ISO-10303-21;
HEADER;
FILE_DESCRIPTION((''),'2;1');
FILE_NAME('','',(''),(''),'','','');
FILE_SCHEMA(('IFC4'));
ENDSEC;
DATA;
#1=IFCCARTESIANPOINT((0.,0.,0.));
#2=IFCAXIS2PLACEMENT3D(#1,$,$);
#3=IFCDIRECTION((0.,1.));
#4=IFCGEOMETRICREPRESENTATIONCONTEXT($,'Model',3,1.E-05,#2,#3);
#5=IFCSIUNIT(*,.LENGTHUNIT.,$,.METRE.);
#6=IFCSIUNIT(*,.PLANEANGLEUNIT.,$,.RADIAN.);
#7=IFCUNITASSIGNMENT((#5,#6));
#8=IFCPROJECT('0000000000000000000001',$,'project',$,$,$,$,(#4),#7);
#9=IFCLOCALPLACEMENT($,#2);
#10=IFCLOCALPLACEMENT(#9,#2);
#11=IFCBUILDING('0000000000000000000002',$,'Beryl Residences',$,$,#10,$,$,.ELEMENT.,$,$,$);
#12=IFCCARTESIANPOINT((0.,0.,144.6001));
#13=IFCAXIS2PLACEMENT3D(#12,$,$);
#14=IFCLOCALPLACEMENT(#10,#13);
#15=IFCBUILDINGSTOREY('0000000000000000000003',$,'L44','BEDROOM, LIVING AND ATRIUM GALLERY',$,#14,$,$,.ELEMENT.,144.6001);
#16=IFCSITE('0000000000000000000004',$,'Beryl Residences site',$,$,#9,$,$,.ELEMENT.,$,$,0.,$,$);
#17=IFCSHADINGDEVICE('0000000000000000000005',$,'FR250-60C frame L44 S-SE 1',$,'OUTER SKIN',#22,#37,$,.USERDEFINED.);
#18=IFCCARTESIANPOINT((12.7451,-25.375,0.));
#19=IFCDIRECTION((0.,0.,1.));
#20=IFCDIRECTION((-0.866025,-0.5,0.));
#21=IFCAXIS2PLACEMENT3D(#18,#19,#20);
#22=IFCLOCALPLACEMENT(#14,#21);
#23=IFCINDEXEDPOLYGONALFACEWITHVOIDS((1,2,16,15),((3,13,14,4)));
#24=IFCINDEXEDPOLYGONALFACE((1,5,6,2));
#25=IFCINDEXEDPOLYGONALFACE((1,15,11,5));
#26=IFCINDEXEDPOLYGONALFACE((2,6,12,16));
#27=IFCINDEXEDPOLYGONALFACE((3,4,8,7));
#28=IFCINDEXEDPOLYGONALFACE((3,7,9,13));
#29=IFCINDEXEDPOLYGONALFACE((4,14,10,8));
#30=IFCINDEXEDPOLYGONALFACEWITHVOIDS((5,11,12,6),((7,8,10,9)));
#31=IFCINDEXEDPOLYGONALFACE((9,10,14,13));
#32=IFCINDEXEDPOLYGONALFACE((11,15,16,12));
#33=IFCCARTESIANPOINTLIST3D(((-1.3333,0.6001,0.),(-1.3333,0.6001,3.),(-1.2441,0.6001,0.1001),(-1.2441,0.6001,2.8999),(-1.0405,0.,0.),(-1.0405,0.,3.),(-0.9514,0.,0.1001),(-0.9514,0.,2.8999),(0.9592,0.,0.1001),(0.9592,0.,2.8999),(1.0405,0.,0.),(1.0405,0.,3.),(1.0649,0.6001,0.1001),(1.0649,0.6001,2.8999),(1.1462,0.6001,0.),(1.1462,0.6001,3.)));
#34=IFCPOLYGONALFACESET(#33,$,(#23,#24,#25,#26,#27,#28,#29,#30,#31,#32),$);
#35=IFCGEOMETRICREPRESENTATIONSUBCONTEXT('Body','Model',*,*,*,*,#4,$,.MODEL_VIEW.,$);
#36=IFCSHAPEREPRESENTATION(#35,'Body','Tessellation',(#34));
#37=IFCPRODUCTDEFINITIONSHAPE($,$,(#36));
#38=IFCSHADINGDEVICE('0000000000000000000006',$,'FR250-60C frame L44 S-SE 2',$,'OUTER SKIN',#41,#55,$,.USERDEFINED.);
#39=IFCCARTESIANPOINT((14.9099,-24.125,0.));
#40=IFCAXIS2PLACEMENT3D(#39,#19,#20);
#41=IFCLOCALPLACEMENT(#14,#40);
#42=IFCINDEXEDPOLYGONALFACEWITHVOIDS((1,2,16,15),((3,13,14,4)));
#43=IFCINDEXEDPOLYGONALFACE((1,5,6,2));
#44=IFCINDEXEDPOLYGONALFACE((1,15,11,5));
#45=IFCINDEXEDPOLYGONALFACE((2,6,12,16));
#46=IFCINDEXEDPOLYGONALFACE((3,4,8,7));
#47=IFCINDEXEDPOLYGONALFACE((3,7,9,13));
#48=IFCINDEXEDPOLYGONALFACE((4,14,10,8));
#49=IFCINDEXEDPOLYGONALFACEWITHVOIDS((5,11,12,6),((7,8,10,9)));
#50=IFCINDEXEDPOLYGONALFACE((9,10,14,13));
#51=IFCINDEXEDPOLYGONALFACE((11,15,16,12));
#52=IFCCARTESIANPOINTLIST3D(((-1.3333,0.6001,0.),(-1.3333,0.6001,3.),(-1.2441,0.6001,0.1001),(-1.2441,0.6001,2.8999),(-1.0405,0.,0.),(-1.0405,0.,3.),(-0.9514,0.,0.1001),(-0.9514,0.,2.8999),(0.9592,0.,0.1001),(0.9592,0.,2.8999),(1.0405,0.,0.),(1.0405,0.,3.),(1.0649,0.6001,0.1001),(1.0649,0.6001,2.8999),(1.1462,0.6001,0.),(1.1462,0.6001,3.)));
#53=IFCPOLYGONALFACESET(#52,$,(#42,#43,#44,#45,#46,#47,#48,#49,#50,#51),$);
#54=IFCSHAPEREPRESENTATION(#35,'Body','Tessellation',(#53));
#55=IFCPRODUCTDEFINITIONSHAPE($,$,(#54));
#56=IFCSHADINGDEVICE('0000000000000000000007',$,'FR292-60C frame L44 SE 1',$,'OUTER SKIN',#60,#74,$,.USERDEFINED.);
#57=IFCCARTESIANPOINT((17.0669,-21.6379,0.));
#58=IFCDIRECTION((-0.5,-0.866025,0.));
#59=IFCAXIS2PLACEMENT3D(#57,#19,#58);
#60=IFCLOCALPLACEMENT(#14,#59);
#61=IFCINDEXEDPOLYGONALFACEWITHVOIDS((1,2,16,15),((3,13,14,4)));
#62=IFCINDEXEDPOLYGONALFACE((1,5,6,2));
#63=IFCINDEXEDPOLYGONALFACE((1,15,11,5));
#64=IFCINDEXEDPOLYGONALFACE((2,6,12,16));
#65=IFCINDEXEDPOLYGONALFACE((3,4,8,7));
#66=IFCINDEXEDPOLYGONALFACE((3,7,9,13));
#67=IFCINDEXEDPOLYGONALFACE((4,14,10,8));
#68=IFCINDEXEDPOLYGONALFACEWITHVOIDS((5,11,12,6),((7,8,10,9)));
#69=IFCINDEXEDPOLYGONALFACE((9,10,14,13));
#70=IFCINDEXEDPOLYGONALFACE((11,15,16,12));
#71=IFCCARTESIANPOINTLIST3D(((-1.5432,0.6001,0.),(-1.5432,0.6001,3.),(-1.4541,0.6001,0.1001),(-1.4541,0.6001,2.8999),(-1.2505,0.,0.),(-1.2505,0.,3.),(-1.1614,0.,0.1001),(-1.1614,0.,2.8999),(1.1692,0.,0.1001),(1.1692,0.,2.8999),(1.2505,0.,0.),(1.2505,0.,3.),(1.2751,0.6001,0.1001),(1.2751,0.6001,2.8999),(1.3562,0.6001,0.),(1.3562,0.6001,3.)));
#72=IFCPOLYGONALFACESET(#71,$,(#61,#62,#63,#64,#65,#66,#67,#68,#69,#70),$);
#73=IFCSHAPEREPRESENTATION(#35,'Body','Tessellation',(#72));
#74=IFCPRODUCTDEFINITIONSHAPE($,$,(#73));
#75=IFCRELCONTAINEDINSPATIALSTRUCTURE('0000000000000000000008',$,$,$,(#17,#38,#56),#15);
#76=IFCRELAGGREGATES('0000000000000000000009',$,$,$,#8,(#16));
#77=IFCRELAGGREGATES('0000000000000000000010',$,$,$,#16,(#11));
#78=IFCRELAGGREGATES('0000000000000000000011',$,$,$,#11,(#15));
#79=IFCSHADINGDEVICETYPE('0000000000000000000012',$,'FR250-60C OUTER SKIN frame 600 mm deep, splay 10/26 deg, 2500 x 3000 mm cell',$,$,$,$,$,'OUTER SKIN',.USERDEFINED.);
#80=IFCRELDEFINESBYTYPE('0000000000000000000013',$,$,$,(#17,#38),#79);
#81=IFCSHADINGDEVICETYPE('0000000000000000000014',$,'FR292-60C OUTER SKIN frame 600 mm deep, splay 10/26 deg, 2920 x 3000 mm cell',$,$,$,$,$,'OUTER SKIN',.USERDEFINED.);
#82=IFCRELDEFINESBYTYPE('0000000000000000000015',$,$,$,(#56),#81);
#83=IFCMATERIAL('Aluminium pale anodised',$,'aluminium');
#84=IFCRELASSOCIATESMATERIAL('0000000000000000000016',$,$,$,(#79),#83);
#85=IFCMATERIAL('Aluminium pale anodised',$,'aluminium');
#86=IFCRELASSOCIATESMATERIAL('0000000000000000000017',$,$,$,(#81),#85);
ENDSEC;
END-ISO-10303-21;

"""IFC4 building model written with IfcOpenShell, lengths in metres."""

from ifc_helpers import new_model, entity, si_unit, direction, frame, origin, place, context, subcontext, project, spatial, source, transform, mapped, material, type_object, type_shapes, element, save


model = new_model("IFC4")

# Units and contexts
model_context = context("Model", 3, precision=1e-05, world=origin(), true_north=direction((0.0, 1.0)))
body_context = subcontext(model_context, "Body", "Model", "MODEL_VIEW")
ifc_project = project(units=[si_unit("LENGTHUNIT", "METRE"), si_unit("PLANEANGLEUNIT", "RADIAN")], contexts=[model_context])

# Site, building, storey
site_placement = place(None, origin())
site = spatial("IfcSite", under=ifc_project, at=site_placement, Name="Beryl Residences site", CompositionType="ELEMENT", RefElevation=0.0)
building_placement = place(site_placement, origin())
building = spatial("IfcBuilding", under=site, at=building_placement, Name="Beryl Residences", CompositionType="ELEMENT")
storey_placement = place(building_placement, frame((0.0, 0.0, 144.6001)))
storey = spatial("IfcBuildingStorey", under=building, at=storey_placement, Name="L44", Description="BEDROOM, LIVING AND ATRIUM GALLERY", CompositionType="ELEMENT", Elevation=144.6001)

# Shading devices
ifc_material_1 = material(Name="Aluminium pale anodised", Category="aluminium")
shading_device_type_1 = type_object("IfcShadingDeviceType", Name="FR250-60C OUTER SKIN frame 600 mm deep, splay 10/26 deg, 2500 x 3000 mm cell", ElementType="OUTER SKIN", PredefinedType="USERDEFINED", material=ifc_material_1)
cartesian_point_1 = entity("IfcCartesianPoint", [-1.0405, 0.0])
cartesian_point_2 = entity("IfcCartesianPoint", [-0.9592, 0.1001])
cartesian_point_3 = entity("IfcCartesianPoint", [-1.1462, 0.0])
cartesian_point_4 = entity("IfcCartesianPoint", [-1.0649, 0.1001])
shared_shape_1 = source(origin(), body_context, "Body", "SweptSolid", [
    entity("IfcExtrudedAreaSolidTapered", entity("IfcArbitraryProfileDefWithVoids", "AREA", None, entity("IfcPolyline", [cartesian_point_1, entity("IfcCartesianPoint", [1.0405, 0.0]), entity("IfcCartesianPoint", [1.0405, 3.0]), entity("IfcCartesianPoint", [-1.0405, 3.0]), cartesian_point_1]), [entity("IfcPolyline", [cartesian_point_2, entity("IfcCartesianPoint", [0.9514, 0.1001]), entity("IfcCartesianPoint", [0.9514, 2.8999]), entity("IfcCartesianPoint", [-0.9592, 2.8999]), cartesian_point_2])]), entity("IfcAxis2Placement3D", entity("IfcCartesianPoint", [0.0, 0.0, 0.0]), entity("IfcDirection", [0.0, 1.0, 0.0]), entity("IfcDirection", [-1.0, 0.0, 0.0])), entity("IfcDirection", [0.0, 0.0, 1.0]), 0.6001, entity("IfcArbitraryProfileDefWithVoids", "AREA", None, entity("IfcPolyline", [cartesian_point_3, entity("IfcCartesianPoint", [1.3333, 0.0]), entity("IfcCartesianPoint", [1.3333, 3.0]), entity("IfcCartesianPoint", [-1.1462, 3.0]), cartesian_point_3]), [entity("IfcPolyline", [cartesian_point_4, entity("IfcCartesianPoint", [1.2441, 0.1001]), entity("IfcCartesianPoint", [1.2441, 2.8999]), entity("IfcCartesianPoint", [-1.0649, 2.8999]), cartesian_point_4])])),
])
type_shapes(shading_device_type_1, [shared_shape_1])
for number, where, z_axis, x_axis, name in (
    (1, (12.7451, -25.375, 0.0), (0.0, 0.0, 1.0), (-0.866025, -0.5, 0.0), "FR250-60C frame L44 S-SE 1"),
    (2, (14.9099, -24.125, 0.0), (0.0, 0.0, 1.0), (-0.866025, -0.5, 0.0), "FR250-60C frame L44 S-SE 2"),
):
    element("IfcShadingDevice", number, at=place(storey_placement, frame(where, z_axis=z_axis, x_axis=x_axis)), inside=storey, type_object=shading_device_type_1, Name=name, ObjectType="OUTER SKIN", PredefinedType="USERDEFINED", context=body_context, shape_type="MappedRepresentation", body=[
        mapped(shared_shape_1, transform((0.0, 0.0, 0.0))),
    ])
ifc_material_2 = material(Name="Aluminium pale anodised", Category="aluminium")
shading_device_type_2 = type_object("IfcShadingDeviceType", Name="FR292-60C OUTER SKIN frame 600 mm deep, splay 10/26 deg, 2920 x 3000 mm cell", ElementType="OUTER SKIN", PredefinedType="USERDEFINED", material=ifc_material_2)
cartesian_point_5 = entity("IfcCartesianPoint", [-1.2505, 0.0])
cartesian_point_6 = entity("IfcCartesianPoint", [-1.1692, 0.1001])
cartesian_point_7 = entity("IfcCartesianPoint", [-1.3562, 0.0])
cartesian_point_8 = entity("IfcCartesianPoint", [-1.2751, 0.1001])
shared_shape_2 = source(origin(), body_context, "Body", "SweptSolid", [
    entity("IfcExtrudedAreaSolidTapered", entity("IfcArbitraryProfileDefWithVoids", "AREA", None, entity("IfcPolyline", [cartesian_point_5, entity("IfcCartesianPoint", [1.2505, 0.0]), entity("IfcCartesianPoint", [1.2505, 3.0]), entity("IfcCartesianPoint", [-1.2505, 3.0]), cartesian_point_5]), [entity("IfcPolyline", [cartesian_point_6, entity("IfcCartesianPoint", [1.1614, 0.1001]), entity("IfcCartesianPoint", [1.1614, 2.8999]), entity("IfcCartesianPoint", [-1.1692, 2.8999]), cartesian_point_6])]), entity("IfcAxis2Placement3D", entity("IfcCartesianPoint", [0.0, 0.0, 0.0]), entity("IfcDirection", [0.0, 1.0, 0.0]), entity("IfcDirection", [-1.0, 0.0, 0.0])), entity("IfcDirection", [0.0, 0.0, 1.0]), 0.6001, entity("IfcArbitraryProfileDefWithVoids", "AREA", None, entity("IfcPolyline", [cartesian_point_7, entity("IfcCartesianPoint", [1.5432, 0.0]), entity("IfcCartesianPoint", [1.5432, 3.0]), entity("IfcCartesianPoint", [-1.3562, 3.0]), cartesian_point_7]), [entity("IfcPolyline", [cartesian_point_8, entity("IfcCartesianPoint", [1.4541, 0.1001]), entity("IfcCartesianPoint", [1.4541, 2.8999]), entity("IfcCartesianPoint", [-1.2751, 2.8999]), cartesian_point_8])])),
])
type_shapes(shading_device_type_2, [shared_shape_2])
shading_device_placement = place(storey_placement, frame((17.0669, -21.6379, 0.0), z_axis=(0.0, 0.0, 1.0), x_axis=(-0.5, -0.866025, 0.0)))
element("IfcShadingDevice", 3, at=shading_device_placement, inside=storey, type_object=shading_device_type_2, Name="FR292-60C frame L44 SE 1", ObjectType="OUTER SKIN", PredefinedType="USERDEFINED", context=body_context, shape_type="MappedRepresentation", body=[
    mapped(shared_shape_2, transform((0.0, 0.0, 0.0))),
])

save(model, "model.ifc")
